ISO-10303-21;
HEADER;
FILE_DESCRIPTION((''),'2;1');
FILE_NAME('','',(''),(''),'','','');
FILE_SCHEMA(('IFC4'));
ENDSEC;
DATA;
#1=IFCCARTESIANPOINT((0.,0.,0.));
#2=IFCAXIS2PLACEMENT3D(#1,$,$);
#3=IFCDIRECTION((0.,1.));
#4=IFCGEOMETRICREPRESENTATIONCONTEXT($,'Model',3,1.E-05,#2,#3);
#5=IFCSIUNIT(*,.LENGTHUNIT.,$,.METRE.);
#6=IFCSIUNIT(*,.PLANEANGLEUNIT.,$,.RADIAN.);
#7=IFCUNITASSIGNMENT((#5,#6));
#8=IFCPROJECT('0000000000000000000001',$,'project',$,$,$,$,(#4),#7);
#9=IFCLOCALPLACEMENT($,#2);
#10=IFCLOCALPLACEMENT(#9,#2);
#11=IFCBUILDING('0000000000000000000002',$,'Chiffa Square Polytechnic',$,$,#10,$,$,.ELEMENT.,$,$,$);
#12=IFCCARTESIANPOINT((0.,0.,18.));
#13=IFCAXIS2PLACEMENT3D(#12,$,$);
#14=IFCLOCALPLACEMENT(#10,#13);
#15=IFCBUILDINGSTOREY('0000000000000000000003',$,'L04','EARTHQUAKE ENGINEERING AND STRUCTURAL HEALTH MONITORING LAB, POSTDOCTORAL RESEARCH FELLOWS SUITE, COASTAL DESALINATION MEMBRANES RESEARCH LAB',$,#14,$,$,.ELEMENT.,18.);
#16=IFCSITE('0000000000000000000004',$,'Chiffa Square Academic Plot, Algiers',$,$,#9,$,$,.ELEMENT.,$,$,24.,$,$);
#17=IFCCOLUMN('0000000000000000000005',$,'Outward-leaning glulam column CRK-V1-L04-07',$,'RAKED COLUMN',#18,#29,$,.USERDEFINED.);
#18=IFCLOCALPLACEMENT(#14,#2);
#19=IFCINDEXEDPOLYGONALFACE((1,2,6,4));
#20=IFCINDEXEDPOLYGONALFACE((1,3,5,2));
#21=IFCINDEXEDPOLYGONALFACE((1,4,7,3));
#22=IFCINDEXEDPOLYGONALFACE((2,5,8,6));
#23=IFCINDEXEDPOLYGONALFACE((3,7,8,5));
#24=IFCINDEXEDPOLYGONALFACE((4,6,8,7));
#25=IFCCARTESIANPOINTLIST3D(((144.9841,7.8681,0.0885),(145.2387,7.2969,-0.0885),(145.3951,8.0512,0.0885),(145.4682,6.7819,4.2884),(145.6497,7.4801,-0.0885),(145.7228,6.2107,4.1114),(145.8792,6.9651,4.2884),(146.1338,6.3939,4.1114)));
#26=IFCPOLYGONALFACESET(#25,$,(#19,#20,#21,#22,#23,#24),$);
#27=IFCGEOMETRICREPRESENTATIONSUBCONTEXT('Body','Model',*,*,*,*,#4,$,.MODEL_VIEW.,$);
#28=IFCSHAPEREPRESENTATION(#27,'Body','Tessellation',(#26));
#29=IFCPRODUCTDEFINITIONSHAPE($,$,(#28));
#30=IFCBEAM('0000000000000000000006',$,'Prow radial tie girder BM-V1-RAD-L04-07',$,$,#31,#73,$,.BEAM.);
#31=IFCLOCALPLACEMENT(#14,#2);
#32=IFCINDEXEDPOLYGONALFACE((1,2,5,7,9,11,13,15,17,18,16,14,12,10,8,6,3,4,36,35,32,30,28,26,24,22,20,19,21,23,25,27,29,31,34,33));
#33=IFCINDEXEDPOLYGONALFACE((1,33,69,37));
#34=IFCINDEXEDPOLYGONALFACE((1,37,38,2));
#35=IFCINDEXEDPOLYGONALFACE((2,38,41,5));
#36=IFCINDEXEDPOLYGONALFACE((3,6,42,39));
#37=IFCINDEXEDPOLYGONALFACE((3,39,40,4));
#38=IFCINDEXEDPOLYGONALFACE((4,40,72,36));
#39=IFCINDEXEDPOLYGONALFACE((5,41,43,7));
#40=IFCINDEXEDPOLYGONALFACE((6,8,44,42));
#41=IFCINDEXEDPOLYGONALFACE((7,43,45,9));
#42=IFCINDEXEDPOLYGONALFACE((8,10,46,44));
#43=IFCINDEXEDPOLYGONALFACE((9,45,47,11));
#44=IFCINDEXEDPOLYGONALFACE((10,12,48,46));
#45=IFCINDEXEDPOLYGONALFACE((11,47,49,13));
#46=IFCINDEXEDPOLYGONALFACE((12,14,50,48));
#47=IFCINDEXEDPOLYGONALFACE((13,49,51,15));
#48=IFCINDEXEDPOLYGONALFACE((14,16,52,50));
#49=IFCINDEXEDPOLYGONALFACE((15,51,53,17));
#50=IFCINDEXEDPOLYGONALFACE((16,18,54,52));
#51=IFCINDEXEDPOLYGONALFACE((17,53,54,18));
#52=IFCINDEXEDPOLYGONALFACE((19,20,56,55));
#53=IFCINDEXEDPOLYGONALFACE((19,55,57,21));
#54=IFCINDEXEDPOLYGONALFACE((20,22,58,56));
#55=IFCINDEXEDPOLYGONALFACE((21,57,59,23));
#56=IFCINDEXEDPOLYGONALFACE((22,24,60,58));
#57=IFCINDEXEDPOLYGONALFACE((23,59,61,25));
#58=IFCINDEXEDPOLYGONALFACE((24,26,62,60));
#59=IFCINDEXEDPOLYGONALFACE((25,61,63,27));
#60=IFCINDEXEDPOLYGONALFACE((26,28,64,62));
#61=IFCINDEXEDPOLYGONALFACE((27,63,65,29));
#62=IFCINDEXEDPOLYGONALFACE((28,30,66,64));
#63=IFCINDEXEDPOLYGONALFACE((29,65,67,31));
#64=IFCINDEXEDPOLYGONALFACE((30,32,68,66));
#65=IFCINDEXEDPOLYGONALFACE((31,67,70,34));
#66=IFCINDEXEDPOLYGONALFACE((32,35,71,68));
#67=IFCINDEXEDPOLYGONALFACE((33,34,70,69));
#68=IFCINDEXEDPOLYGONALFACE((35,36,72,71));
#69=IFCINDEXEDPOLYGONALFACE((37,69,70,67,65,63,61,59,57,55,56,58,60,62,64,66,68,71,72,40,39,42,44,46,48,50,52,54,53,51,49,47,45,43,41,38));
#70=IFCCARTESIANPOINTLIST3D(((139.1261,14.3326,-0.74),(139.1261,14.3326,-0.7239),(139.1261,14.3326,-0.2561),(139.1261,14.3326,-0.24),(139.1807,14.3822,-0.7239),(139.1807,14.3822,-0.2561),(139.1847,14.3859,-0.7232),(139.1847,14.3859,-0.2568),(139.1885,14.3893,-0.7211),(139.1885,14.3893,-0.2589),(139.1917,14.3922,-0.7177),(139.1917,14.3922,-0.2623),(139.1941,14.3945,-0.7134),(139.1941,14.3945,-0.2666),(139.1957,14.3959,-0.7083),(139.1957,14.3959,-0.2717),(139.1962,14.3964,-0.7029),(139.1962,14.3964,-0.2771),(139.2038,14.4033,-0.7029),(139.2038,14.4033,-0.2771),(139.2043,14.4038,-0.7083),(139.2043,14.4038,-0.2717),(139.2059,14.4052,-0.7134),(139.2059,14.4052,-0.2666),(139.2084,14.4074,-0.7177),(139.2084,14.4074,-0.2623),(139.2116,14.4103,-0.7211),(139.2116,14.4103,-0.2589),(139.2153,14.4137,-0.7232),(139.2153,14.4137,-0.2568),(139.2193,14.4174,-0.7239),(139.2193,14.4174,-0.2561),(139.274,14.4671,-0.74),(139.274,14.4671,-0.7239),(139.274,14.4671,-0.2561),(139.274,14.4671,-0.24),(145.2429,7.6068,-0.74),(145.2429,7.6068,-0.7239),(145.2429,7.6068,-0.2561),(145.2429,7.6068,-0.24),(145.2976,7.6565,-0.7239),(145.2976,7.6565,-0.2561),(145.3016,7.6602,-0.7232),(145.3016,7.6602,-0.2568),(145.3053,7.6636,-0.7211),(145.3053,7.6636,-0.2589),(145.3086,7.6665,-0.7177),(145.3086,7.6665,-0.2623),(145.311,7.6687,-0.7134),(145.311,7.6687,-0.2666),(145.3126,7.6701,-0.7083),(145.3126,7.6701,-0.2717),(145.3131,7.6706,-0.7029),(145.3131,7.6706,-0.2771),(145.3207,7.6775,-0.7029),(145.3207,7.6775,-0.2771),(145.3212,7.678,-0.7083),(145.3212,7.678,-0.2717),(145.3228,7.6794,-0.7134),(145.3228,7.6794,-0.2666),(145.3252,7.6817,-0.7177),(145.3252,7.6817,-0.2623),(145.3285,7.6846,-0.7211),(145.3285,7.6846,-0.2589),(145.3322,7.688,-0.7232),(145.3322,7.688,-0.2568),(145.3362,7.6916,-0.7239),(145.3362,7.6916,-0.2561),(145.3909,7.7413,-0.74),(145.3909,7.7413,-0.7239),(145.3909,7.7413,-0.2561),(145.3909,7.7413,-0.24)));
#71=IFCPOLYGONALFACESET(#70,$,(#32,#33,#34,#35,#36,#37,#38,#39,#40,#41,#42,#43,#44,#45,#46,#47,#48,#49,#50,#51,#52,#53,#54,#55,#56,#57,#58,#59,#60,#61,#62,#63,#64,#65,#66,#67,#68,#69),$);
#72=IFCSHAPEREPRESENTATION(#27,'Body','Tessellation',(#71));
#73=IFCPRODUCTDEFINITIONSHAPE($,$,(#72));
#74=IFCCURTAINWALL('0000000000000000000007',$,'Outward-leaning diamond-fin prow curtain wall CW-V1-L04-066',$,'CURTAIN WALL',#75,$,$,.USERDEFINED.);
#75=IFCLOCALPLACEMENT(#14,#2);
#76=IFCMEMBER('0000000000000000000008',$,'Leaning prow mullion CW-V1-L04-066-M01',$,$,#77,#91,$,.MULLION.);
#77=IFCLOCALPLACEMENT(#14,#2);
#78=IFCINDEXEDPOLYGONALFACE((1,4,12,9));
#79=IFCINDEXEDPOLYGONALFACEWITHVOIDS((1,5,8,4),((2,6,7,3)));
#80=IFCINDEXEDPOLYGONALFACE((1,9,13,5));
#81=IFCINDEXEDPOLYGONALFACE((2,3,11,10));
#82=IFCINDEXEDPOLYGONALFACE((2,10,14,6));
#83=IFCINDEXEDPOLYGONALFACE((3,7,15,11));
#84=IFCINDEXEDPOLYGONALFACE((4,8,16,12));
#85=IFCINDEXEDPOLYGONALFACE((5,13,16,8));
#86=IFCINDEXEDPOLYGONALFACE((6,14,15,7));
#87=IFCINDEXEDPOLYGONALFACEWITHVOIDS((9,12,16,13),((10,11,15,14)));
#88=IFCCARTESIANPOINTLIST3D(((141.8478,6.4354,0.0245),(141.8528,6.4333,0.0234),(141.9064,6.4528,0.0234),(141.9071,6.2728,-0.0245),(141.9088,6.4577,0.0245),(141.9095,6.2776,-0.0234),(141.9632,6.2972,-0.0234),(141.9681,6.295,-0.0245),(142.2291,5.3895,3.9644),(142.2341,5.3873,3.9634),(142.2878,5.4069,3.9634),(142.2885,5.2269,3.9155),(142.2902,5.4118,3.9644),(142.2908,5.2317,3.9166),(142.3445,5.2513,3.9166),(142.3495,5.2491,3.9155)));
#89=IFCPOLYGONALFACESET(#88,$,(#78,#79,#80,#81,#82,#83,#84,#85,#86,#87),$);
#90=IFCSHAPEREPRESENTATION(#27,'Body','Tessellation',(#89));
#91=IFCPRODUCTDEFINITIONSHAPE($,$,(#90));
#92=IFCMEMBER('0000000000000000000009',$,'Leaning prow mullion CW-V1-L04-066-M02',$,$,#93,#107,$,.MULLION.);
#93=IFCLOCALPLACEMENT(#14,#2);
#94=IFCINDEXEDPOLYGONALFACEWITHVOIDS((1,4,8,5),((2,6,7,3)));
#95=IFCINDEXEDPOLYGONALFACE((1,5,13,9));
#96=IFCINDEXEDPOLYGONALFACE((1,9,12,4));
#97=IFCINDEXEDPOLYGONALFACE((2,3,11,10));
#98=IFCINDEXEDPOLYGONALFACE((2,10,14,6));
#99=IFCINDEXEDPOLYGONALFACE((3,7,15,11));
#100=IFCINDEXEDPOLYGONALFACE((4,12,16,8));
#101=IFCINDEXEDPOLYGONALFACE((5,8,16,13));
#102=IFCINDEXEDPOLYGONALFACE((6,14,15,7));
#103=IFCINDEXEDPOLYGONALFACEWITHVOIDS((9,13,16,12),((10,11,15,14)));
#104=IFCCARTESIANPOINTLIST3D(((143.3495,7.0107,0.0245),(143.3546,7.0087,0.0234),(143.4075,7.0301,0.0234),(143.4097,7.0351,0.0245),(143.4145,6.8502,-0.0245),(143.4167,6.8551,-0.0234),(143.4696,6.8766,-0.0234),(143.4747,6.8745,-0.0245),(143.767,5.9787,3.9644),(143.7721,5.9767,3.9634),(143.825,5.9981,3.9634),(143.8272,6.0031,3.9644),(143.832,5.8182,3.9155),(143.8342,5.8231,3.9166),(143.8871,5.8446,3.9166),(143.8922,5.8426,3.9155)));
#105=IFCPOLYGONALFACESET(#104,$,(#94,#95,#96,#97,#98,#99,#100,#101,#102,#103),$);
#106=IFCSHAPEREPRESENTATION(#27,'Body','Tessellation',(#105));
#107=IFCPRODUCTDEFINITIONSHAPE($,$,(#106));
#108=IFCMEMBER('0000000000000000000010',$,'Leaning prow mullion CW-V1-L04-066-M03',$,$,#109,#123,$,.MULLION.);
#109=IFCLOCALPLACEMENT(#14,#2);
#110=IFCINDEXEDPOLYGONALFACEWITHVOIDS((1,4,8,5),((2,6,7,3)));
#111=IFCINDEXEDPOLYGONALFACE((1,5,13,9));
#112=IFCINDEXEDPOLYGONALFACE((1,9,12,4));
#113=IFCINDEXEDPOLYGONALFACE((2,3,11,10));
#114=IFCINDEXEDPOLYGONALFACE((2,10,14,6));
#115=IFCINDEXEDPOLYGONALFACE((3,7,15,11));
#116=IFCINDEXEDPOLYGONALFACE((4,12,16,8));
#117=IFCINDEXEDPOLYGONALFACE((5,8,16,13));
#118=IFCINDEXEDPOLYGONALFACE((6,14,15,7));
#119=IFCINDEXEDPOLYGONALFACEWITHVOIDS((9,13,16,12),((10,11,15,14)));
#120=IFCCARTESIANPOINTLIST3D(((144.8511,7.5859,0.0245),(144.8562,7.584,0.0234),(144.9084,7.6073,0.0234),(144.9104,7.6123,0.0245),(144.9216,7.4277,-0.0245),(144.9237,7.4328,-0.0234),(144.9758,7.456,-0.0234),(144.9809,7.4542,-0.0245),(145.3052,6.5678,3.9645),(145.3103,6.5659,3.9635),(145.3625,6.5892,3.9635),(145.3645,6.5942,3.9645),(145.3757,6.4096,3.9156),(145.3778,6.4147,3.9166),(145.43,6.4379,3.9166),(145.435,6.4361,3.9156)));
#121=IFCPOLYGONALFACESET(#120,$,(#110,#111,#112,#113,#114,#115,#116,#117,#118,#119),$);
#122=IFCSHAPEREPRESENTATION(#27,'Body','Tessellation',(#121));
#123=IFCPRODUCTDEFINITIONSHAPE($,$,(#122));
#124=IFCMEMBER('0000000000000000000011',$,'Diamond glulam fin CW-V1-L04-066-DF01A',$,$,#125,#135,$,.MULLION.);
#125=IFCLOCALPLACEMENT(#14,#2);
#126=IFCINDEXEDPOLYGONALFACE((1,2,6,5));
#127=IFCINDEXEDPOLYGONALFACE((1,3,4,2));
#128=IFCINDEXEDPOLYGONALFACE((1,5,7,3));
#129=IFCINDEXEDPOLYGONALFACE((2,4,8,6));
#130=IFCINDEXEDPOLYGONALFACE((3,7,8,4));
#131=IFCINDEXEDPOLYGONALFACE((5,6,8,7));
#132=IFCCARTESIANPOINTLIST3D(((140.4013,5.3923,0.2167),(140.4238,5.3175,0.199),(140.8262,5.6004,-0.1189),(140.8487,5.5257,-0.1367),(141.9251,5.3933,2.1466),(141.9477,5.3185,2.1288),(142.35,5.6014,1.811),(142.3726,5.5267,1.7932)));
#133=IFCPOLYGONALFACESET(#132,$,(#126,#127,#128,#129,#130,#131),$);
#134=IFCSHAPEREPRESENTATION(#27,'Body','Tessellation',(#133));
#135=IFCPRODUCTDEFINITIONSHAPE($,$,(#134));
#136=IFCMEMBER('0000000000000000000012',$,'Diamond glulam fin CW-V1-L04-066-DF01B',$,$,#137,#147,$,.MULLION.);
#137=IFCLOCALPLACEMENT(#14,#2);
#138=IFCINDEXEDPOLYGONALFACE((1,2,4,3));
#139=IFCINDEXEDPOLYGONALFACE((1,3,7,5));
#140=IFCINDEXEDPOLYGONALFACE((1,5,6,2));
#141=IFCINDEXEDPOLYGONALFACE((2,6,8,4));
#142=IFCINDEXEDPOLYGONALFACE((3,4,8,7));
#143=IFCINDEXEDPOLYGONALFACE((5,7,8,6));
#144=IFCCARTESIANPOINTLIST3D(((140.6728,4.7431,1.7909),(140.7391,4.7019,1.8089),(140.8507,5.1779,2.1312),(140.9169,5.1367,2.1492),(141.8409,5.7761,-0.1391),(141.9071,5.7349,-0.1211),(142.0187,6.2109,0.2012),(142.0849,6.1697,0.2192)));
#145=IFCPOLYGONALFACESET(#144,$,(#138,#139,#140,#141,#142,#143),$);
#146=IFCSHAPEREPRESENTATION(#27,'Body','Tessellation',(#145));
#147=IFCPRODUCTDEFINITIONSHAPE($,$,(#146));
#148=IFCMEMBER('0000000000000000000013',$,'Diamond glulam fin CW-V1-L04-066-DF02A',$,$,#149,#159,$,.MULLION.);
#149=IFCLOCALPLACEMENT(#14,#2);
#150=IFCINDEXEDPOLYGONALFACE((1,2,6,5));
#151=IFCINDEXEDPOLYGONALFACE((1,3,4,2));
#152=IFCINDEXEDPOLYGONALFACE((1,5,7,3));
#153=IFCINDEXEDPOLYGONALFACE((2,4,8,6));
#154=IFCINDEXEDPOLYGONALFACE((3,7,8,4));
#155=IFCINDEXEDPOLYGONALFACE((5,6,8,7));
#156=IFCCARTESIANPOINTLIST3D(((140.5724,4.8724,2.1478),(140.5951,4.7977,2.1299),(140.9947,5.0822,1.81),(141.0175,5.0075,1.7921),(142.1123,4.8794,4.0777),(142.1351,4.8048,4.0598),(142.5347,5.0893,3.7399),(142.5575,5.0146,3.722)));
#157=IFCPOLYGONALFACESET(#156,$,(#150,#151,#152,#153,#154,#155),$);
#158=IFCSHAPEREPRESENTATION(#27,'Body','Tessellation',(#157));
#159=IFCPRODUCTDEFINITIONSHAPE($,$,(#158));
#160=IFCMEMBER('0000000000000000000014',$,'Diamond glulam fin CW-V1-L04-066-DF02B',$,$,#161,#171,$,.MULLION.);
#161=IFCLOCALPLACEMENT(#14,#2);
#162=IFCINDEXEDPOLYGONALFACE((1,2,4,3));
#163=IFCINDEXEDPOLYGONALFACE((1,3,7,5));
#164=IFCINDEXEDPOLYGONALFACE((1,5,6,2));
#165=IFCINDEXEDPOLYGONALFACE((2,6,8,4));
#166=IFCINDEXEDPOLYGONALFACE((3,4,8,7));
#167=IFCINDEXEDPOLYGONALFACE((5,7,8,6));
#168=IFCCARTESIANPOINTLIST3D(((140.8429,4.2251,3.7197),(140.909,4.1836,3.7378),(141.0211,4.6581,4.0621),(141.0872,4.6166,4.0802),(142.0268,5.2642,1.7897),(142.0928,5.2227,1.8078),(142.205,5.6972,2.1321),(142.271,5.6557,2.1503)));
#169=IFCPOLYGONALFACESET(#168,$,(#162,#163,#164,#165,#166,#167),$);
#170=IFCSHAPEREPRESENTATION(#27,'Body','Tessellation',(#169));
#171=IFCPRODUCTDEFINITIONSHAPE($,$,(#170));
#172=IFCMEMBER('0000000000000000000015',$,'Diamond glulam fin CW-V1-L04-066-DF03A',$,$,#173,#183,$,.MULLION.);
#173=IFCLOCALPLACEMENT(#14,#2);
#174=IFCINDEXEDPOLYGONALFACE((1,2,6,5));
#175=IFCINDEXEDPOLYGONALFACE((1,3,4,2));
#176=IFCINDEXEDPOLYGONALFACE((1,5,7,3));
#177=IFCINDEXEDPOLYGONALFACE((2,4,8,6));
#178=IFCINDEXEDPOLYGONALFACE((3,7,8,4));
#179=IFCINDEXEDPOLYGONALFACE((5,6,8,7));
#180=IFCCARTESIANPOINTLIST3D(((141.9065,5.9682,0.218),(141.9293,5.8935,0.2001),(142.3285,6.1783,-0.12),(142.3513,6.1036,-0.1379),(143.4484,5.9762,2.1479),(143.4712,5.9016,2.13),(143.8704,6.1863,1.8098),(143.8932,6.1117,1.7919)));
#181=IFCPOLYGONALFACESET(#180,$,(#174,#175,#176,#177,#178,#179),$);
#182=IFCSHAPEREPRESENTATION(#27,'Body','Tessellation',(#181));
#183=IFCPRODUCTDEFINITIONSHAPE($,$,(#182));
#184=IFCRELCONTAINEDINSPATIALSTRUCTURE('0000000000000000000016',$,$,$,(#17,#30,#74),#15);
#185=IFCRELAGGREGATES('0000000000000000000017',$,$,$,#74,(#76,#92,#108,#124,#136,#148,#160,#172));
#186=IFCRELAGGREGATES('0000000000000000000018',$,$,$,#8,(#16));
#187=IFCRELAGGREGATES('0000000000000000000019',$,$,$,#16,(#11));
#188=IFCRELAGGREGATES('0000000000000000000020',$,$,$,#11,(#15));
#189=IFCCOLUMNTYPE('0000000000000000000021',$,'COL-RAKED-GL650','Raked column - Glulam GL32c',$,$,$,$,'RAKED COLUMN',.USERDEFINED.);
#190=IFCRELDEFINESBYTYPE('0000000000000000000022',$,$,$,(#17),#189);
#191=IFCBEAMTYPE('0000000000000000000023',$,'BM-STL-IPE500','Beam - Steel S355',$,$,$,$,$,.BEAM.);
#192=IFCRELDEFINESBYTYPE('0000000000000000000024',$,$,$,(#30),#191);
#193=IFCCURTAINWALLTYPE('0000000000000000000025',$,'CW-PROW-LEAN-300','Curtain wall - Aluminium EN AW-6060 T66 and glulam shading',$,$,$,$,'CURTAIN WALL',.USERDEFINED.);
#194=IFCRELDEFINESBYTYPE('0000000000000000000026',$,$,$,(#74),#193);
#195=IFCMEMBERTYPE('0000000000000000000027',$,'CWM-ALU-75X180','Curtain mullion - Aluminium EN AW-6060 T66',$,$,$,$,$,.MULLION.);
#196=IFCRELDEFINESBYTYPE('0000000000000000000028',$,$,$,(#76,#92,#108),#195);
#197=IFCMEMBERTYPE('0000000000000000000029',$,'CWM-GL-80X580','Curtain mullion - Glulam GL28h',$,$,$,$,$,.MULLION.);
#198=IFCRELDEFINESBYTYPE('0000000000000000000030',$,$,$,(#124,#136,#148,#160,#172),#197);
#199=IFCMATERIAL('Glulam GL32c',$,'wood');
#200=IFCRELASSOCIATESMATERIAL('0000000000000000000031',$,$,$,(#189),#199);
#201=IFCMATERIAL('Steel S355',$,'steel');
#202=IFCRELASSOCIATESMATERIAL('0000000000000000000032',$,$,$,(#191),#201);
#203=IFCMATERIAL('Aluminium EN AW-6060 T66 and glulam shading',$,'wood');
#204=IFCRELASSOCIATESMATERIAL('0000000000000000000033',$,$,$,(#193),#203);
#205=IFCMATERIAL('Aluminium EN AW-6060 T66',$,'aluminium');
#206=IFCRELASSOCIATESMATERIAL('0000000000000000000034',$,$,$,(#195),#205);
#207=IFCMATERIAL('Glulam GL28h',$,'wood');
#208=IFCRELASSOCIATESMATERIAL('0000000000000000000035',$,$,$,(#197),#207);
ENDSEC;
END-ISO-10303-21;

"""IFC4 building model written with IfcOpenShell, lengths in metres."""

from ifc_helpers import new_model, si_unit, direction, frame, origin, origin_2d, place, context, subcontext, project, spatial, rectangle, hollow_rectangle, i_section, extrude, material, material_profile, profile_set, type_object, element, aggregate, save


model = new_model("IFC4")

# Units and contexts
model_context = context("Model", 3, precision=1e-05, world=origin(), true_north=direction((0.0, 1.0)))
body_context = subcontext(model_context, "Body", "Model", "MODEL_VIEW")
ifc_project = project(units=[si_unit("LENGTHUNIT", "METRE"), si_unit("PLANEANGLEUNIT", "RADIAN")], contexts=[model_context])

# Site, building, storey
site_placement = place(None, origin())
site = spatial("IfcSite", under=ifc_project, at=site_placement, Name="Chiffa Square Academic Plot, Algiers", CompositionType="ELEMENT", RefElevation=24.0)
building_placement = place(site_placement, origin())
building = spatial("IfcBuilding", under=site, at=building_placement, Name="Chiffa Square Polytechnic", CompositionType="ELEMENT")
storey_placement = place(building_placement, frame((0.0, 0.0, 18.0)))
storey = spatial("IfcBuildingStorey", under=building, at=storey_placement, Name="L04", Description="EARTHQUAKE ENGINEERING AND STRUCTURAL HEALTH MONITORING LAB, POSTDOCTORAL RESEARCH FELLOWS SUITE, COASTAL DESALINATION MEMBRANES RESEARCH LAB", CompositionType="ELEMENT", Elevation=18.0)

# Column
ifc_material_1 = material(Name="Glulam GL32c", Category="wood")
ifc_material_profile_1 = material_profile(ifc_material_1, rectangle(XDim=0.45, YDim=0.6499, at=origin_2d()), Name="GL32c 450x650")
ifc_profile_set_1 = profile_set([ifc_material_profile_1], Name="Glulam GL32c")
column_type = type_object("IfcColumnType", Name="COL-RAKED-GL650", Description="Raked column - Glulam GL32c", ElementType="RAKED COLUMN", PredefinedType="USERDEFINED", material=ifc_profile_set_1)
column_placement = place(storey_placement, frame((145.3169, 7.6741, 0.0), z_axis=(0.11091, -0.248835, 0.962175), x_axis=(0.913379, 0.40711, 0.0)))
element("IfcColumn", 1, at=column_placement, inside=storey, type_object=column_type, Name="Outward-leaning glulam column CRK-V1-L04-07", ObjectType="RAKED COLUMN", PredefinedType="USERDEFINED", context=body_context, shape_type="SweptSolid", body=[
    extrude(rectangle(XDim=0.45, YDim=0.6499, at=origin_2d()), origin(), (0.0, 0.0, 1.0), 4.365),
])

# Beam
ifc_material_2 = material(Name="Steel S355", Category="steel")
ifc_material_profile_2 = material_profile(ifc_material_2, i_section(OverallWidth=0.2, OverallDepth=0.5, WebThickness=0.0103, FlangeThickness=0.0161, FilletRadius=0.021, at=origin_2d()), Name="IPE 500")
ifc_profile_set_2 = profile_set([ifc_material_profile_2], Name="Steel S355")
beam_type_1 = type_object("IfcBeamType", Name="BM-STL-IPE500", Description="Beam - Steel S355", PredefinedType="BEAM", material=ifc_profile_set_2)
beam_1_placement = place(storey_placement, frame((145.3169, 7.6741, -0.49), z_axis=(-0.672826, 0.7398, 0.0), x_axis=(-0.7398, -0.672826, 0.0)))
element("IfcBeam", 2, at=beam_1_placement, inside=storey, type_object=beam_type_1, Name="Prow radial tie girder BM-V1-RAD-L04-07", PredefinedType="BEAM", context=body_context, shape_type="SweptSolid", body=[
    extrude(i_section(OverallWidth=0.2, OverallDepth=0.5, WebThickness=0.0103, FlangeThickness=0.0161, FilletRadius=0.021, at=origin_2d()), origin(), (0.0, 0.0, 1.0), 9.0913),
])

# Curtain wall, members
ifc_material_3 = material(Name="Aluminium EN AW-6060 T66 and glulam shading", Category="wood")
curtain_wall_type_1 = type_object("IfcCurtainWallType", Name="CW-PROW-LEAN-300", Description="Curtain wall - Aluminium EN AW-6060 T66 and glulam shading", ElementType="CURTAIN WALL", PredefinedType="USERDEFINED", material=ifc_material_3)
curtain_wall_1_placement = place(storey_placement, origin())
curtain_wall_1 = element("IfcCurtainWall", 3, at=curtain_wall_1_placement, inside=storey, type_object=curtain_wall_type_1, Name="Outward-leaning diamond-fin prow curtain wall CW-V1-L04-066", ObjectType="CURTAIN WALL", PredefinedType="USERDEFINED")
ifc_material_4 = material(Name="Aluminium EN AW-6060 T66", Category="aluminium")
ifc_material_profile_3 = material_profile(ifc_material_4, hollow_rectangle(XDim=0.0649, YDim=0.1799, WallThickness=0.0039, at=origin_2d()), Name="ALU 65x180x4")
ifc_profile_set_3 = profile_set([ifc_material_profile_3], Name="Aluminium EN AW-6060 T66")
member_type_1 = type_object("IfcMemberType", Name="CWM-ALU-75X180", Description="Curtain mullion - Aluminium EN AW-6060 T66", PredefinedType="MULLION", material=ifc_profile_set_3)
member_1_placement = place(storey_placement, frame((141.908, 6.3652, 0.0), z_axis=(0.093143, -0.255459, 0.962323), x_axis=(0.939499, 0.342553, 0.0)))
member_1 = element("IfcMember", 4, at=member_1_placement, type_object=member_type_1, Name="Leaning prow mullion CW-V1-L04-066-M01", PredefinedType="MULLION", context=body_context, shape_type="SweptSolid", body=[
    extrude(hollow_rectangle(XDim=0.0649, YDim=0.1799, WallThickness=0.0039, at=origin_2d()), origin(), (0.0, 0.0, 1.0), 4.0942),
])
member_2_placement = place(storey_placement, frame((143.4121, 6.9426, 0.0), z_axis=(0.101969, -0.25206, 0.962324), x_axis=(0.927018, 0.375018, 0.0)))
member_2 = element("IfcMember", 5, at=member_2_placement, type_object=member_type_1, Name="Leaning prow mullion CW-V1-L04-066-M02", PredefinedType="MULLION", context=body_context, shape_type="SweptSolid", body=[
    extrude(hollow_rectangle(XDim=0.0649, YDim=0.1799, WallThickness=0.0039, at=origin_2d()), origin(), (0.0, 0.0, 1.0), 4.0942),
])
member_3_placement = place(storey_placement, frame((144.916, 7.52, 0.0), z_axis=(0.110902, -0.248636, 0.962227), x_axis=(0.913269, 0.407357, 0.0)))
member_3 = element("IfcMember", 6, at=member_3_placement, type_object=member_type_1, Name="Leaning prow mullion CW-V1-L04-066-M03", PredefinedType="MULLION", context=body_context, shape_type="SweptSolid", body=[
    extrude(hollow_rectangle(XDim=0.0649, YDim=0.1799, WallThickness=0.0039, at=origin_2d()), origin(), (0.0, 0.0, 1.0), 4.0947),
])
ifc_material_5 = material(Name="Glulam GL28h", Category="wood")
ifc_material_profile_4 = material_profile(ifc_material_5, rectangle(XDim=0.0801, YDim=0.5801, at=origin_2d()), Name="GL28h 80x580")
ifc_profile_set_4 = profile_set([ifc_material_profile_4], Name="Glulam GL28h")
member_type_2 = type_object("IfcMemberType", Name="CWM-GL-80X580", Description="Curtain mullion - Glulam GL28h", PredefinedType="MULLION", material=ifc_profile_set_4)
member_4_placement = place(storey_placement, frame((140.625, 5.459, 0.04), z_axis=(0.619718, 0.000397, 0.784824), x_axis=(-0.281854, 0.9334, 0.222087)))
member_4 = element("IfcMember", 7, at=member_4_placement, type_object=member_type_2, Name="Diamond glulam fin CW-V1-L04-066-DF01A", PredefinedType="MULLION", context=body_context, shape_type="SweptSolid", body=[
    extrude(rectangle(XDim=0.0801, YDim=0.5801, at=origin_2d()), origin(), (0.0, 0.0, 1.0), 2.459),
])
member_5_placement = place(storey_placement, frame((141.9629, 5.9729, 0.04), z_axis=(-0.470749, -0.416333, 0.777857), x_axis=(0.827295, -0.514647, 0.225213)))
member_5 = element("IfcMember", 8, at=member_5_placement, type_object=member_type_2, Name="Diamond glulam fin CW-V1-L04-066-DF01B", PredefinedType="MULLION", context=body_context, shape_type="SweptSolid", body=[
    extrude(rectangle(XDim=0.0801, YDim=0.5801, at=origin_2d()), origin(), (0.0, 0.0, 1.0), 2.4812),
])
member_6_placement = place(storey_placement, frame((140.7949, 4.9399, 1.97), z_axis=(0.623727, 0.002867, 0.781637), x_axis=(-0.284403, 0.932283, 0.223526)))
member_6 = element("IfcMember", 9, at=member_6_placement, type_object=member_type_2, Name="Diamond glulam fin CW-V1-L04-066-DF02A", PredefinedType="MULLION", context=body_context, shape_type="SweptSolid", body=[
    extrude(rectangle(XDim=0.0801, YDim=0.5801, at=origin_2d()), origin(), (0.0, 0.0, 1.0), 2.469),
])
member_7_placement = place(storey_placement, frame((142.1489, 5.46, 1.97), z_axis=(-0.47522, -0.417104, 0.774719), x_axis=(0.824503, -0.518506, 0.226598)))
member_7 = element("IfcMember", 10, at=member_7_placement, type_object=member_type_2, Name="Diamond glulam fin CW-V1-L04-066-DF02B", PredefinedType="MULLION", context=body_context, shape_type="SweptSolid", body=[
    extrude(rectangle(XDim=0.0801, YDim=0.5801, at=origin_2d()), origin(), (0.0, 0.0, 1.0), 2.4912),
])
member_8_placement = place(storey_placement, frame((142.1289, 6.0359, 0.04), z_axis=(0.62421, 0.003261, 0.78125), x_axis=(-0.284849, 0.932105, 0.2237)))
member_8 = element("IfcMember", 11, at=member_8_placement, type_object=member_type_2, Name="Diamond glulam fin CW-V1-L04-066-DF03A", PredefinedType="MULLION", context=body_context, shape_type="SweptSolid", body=[
    extrude(rectangle(XDim=0.0801, YDim=0.5801, at=origin_2d()), origin(), (0.0, 0.0, 1.0), 2.4702),
])

aggregate(curtain_wall_1, [member_1, member_2, member_3, member_4, member_5, member_6, member_7, member_8])

save(model, "model.ifc")
